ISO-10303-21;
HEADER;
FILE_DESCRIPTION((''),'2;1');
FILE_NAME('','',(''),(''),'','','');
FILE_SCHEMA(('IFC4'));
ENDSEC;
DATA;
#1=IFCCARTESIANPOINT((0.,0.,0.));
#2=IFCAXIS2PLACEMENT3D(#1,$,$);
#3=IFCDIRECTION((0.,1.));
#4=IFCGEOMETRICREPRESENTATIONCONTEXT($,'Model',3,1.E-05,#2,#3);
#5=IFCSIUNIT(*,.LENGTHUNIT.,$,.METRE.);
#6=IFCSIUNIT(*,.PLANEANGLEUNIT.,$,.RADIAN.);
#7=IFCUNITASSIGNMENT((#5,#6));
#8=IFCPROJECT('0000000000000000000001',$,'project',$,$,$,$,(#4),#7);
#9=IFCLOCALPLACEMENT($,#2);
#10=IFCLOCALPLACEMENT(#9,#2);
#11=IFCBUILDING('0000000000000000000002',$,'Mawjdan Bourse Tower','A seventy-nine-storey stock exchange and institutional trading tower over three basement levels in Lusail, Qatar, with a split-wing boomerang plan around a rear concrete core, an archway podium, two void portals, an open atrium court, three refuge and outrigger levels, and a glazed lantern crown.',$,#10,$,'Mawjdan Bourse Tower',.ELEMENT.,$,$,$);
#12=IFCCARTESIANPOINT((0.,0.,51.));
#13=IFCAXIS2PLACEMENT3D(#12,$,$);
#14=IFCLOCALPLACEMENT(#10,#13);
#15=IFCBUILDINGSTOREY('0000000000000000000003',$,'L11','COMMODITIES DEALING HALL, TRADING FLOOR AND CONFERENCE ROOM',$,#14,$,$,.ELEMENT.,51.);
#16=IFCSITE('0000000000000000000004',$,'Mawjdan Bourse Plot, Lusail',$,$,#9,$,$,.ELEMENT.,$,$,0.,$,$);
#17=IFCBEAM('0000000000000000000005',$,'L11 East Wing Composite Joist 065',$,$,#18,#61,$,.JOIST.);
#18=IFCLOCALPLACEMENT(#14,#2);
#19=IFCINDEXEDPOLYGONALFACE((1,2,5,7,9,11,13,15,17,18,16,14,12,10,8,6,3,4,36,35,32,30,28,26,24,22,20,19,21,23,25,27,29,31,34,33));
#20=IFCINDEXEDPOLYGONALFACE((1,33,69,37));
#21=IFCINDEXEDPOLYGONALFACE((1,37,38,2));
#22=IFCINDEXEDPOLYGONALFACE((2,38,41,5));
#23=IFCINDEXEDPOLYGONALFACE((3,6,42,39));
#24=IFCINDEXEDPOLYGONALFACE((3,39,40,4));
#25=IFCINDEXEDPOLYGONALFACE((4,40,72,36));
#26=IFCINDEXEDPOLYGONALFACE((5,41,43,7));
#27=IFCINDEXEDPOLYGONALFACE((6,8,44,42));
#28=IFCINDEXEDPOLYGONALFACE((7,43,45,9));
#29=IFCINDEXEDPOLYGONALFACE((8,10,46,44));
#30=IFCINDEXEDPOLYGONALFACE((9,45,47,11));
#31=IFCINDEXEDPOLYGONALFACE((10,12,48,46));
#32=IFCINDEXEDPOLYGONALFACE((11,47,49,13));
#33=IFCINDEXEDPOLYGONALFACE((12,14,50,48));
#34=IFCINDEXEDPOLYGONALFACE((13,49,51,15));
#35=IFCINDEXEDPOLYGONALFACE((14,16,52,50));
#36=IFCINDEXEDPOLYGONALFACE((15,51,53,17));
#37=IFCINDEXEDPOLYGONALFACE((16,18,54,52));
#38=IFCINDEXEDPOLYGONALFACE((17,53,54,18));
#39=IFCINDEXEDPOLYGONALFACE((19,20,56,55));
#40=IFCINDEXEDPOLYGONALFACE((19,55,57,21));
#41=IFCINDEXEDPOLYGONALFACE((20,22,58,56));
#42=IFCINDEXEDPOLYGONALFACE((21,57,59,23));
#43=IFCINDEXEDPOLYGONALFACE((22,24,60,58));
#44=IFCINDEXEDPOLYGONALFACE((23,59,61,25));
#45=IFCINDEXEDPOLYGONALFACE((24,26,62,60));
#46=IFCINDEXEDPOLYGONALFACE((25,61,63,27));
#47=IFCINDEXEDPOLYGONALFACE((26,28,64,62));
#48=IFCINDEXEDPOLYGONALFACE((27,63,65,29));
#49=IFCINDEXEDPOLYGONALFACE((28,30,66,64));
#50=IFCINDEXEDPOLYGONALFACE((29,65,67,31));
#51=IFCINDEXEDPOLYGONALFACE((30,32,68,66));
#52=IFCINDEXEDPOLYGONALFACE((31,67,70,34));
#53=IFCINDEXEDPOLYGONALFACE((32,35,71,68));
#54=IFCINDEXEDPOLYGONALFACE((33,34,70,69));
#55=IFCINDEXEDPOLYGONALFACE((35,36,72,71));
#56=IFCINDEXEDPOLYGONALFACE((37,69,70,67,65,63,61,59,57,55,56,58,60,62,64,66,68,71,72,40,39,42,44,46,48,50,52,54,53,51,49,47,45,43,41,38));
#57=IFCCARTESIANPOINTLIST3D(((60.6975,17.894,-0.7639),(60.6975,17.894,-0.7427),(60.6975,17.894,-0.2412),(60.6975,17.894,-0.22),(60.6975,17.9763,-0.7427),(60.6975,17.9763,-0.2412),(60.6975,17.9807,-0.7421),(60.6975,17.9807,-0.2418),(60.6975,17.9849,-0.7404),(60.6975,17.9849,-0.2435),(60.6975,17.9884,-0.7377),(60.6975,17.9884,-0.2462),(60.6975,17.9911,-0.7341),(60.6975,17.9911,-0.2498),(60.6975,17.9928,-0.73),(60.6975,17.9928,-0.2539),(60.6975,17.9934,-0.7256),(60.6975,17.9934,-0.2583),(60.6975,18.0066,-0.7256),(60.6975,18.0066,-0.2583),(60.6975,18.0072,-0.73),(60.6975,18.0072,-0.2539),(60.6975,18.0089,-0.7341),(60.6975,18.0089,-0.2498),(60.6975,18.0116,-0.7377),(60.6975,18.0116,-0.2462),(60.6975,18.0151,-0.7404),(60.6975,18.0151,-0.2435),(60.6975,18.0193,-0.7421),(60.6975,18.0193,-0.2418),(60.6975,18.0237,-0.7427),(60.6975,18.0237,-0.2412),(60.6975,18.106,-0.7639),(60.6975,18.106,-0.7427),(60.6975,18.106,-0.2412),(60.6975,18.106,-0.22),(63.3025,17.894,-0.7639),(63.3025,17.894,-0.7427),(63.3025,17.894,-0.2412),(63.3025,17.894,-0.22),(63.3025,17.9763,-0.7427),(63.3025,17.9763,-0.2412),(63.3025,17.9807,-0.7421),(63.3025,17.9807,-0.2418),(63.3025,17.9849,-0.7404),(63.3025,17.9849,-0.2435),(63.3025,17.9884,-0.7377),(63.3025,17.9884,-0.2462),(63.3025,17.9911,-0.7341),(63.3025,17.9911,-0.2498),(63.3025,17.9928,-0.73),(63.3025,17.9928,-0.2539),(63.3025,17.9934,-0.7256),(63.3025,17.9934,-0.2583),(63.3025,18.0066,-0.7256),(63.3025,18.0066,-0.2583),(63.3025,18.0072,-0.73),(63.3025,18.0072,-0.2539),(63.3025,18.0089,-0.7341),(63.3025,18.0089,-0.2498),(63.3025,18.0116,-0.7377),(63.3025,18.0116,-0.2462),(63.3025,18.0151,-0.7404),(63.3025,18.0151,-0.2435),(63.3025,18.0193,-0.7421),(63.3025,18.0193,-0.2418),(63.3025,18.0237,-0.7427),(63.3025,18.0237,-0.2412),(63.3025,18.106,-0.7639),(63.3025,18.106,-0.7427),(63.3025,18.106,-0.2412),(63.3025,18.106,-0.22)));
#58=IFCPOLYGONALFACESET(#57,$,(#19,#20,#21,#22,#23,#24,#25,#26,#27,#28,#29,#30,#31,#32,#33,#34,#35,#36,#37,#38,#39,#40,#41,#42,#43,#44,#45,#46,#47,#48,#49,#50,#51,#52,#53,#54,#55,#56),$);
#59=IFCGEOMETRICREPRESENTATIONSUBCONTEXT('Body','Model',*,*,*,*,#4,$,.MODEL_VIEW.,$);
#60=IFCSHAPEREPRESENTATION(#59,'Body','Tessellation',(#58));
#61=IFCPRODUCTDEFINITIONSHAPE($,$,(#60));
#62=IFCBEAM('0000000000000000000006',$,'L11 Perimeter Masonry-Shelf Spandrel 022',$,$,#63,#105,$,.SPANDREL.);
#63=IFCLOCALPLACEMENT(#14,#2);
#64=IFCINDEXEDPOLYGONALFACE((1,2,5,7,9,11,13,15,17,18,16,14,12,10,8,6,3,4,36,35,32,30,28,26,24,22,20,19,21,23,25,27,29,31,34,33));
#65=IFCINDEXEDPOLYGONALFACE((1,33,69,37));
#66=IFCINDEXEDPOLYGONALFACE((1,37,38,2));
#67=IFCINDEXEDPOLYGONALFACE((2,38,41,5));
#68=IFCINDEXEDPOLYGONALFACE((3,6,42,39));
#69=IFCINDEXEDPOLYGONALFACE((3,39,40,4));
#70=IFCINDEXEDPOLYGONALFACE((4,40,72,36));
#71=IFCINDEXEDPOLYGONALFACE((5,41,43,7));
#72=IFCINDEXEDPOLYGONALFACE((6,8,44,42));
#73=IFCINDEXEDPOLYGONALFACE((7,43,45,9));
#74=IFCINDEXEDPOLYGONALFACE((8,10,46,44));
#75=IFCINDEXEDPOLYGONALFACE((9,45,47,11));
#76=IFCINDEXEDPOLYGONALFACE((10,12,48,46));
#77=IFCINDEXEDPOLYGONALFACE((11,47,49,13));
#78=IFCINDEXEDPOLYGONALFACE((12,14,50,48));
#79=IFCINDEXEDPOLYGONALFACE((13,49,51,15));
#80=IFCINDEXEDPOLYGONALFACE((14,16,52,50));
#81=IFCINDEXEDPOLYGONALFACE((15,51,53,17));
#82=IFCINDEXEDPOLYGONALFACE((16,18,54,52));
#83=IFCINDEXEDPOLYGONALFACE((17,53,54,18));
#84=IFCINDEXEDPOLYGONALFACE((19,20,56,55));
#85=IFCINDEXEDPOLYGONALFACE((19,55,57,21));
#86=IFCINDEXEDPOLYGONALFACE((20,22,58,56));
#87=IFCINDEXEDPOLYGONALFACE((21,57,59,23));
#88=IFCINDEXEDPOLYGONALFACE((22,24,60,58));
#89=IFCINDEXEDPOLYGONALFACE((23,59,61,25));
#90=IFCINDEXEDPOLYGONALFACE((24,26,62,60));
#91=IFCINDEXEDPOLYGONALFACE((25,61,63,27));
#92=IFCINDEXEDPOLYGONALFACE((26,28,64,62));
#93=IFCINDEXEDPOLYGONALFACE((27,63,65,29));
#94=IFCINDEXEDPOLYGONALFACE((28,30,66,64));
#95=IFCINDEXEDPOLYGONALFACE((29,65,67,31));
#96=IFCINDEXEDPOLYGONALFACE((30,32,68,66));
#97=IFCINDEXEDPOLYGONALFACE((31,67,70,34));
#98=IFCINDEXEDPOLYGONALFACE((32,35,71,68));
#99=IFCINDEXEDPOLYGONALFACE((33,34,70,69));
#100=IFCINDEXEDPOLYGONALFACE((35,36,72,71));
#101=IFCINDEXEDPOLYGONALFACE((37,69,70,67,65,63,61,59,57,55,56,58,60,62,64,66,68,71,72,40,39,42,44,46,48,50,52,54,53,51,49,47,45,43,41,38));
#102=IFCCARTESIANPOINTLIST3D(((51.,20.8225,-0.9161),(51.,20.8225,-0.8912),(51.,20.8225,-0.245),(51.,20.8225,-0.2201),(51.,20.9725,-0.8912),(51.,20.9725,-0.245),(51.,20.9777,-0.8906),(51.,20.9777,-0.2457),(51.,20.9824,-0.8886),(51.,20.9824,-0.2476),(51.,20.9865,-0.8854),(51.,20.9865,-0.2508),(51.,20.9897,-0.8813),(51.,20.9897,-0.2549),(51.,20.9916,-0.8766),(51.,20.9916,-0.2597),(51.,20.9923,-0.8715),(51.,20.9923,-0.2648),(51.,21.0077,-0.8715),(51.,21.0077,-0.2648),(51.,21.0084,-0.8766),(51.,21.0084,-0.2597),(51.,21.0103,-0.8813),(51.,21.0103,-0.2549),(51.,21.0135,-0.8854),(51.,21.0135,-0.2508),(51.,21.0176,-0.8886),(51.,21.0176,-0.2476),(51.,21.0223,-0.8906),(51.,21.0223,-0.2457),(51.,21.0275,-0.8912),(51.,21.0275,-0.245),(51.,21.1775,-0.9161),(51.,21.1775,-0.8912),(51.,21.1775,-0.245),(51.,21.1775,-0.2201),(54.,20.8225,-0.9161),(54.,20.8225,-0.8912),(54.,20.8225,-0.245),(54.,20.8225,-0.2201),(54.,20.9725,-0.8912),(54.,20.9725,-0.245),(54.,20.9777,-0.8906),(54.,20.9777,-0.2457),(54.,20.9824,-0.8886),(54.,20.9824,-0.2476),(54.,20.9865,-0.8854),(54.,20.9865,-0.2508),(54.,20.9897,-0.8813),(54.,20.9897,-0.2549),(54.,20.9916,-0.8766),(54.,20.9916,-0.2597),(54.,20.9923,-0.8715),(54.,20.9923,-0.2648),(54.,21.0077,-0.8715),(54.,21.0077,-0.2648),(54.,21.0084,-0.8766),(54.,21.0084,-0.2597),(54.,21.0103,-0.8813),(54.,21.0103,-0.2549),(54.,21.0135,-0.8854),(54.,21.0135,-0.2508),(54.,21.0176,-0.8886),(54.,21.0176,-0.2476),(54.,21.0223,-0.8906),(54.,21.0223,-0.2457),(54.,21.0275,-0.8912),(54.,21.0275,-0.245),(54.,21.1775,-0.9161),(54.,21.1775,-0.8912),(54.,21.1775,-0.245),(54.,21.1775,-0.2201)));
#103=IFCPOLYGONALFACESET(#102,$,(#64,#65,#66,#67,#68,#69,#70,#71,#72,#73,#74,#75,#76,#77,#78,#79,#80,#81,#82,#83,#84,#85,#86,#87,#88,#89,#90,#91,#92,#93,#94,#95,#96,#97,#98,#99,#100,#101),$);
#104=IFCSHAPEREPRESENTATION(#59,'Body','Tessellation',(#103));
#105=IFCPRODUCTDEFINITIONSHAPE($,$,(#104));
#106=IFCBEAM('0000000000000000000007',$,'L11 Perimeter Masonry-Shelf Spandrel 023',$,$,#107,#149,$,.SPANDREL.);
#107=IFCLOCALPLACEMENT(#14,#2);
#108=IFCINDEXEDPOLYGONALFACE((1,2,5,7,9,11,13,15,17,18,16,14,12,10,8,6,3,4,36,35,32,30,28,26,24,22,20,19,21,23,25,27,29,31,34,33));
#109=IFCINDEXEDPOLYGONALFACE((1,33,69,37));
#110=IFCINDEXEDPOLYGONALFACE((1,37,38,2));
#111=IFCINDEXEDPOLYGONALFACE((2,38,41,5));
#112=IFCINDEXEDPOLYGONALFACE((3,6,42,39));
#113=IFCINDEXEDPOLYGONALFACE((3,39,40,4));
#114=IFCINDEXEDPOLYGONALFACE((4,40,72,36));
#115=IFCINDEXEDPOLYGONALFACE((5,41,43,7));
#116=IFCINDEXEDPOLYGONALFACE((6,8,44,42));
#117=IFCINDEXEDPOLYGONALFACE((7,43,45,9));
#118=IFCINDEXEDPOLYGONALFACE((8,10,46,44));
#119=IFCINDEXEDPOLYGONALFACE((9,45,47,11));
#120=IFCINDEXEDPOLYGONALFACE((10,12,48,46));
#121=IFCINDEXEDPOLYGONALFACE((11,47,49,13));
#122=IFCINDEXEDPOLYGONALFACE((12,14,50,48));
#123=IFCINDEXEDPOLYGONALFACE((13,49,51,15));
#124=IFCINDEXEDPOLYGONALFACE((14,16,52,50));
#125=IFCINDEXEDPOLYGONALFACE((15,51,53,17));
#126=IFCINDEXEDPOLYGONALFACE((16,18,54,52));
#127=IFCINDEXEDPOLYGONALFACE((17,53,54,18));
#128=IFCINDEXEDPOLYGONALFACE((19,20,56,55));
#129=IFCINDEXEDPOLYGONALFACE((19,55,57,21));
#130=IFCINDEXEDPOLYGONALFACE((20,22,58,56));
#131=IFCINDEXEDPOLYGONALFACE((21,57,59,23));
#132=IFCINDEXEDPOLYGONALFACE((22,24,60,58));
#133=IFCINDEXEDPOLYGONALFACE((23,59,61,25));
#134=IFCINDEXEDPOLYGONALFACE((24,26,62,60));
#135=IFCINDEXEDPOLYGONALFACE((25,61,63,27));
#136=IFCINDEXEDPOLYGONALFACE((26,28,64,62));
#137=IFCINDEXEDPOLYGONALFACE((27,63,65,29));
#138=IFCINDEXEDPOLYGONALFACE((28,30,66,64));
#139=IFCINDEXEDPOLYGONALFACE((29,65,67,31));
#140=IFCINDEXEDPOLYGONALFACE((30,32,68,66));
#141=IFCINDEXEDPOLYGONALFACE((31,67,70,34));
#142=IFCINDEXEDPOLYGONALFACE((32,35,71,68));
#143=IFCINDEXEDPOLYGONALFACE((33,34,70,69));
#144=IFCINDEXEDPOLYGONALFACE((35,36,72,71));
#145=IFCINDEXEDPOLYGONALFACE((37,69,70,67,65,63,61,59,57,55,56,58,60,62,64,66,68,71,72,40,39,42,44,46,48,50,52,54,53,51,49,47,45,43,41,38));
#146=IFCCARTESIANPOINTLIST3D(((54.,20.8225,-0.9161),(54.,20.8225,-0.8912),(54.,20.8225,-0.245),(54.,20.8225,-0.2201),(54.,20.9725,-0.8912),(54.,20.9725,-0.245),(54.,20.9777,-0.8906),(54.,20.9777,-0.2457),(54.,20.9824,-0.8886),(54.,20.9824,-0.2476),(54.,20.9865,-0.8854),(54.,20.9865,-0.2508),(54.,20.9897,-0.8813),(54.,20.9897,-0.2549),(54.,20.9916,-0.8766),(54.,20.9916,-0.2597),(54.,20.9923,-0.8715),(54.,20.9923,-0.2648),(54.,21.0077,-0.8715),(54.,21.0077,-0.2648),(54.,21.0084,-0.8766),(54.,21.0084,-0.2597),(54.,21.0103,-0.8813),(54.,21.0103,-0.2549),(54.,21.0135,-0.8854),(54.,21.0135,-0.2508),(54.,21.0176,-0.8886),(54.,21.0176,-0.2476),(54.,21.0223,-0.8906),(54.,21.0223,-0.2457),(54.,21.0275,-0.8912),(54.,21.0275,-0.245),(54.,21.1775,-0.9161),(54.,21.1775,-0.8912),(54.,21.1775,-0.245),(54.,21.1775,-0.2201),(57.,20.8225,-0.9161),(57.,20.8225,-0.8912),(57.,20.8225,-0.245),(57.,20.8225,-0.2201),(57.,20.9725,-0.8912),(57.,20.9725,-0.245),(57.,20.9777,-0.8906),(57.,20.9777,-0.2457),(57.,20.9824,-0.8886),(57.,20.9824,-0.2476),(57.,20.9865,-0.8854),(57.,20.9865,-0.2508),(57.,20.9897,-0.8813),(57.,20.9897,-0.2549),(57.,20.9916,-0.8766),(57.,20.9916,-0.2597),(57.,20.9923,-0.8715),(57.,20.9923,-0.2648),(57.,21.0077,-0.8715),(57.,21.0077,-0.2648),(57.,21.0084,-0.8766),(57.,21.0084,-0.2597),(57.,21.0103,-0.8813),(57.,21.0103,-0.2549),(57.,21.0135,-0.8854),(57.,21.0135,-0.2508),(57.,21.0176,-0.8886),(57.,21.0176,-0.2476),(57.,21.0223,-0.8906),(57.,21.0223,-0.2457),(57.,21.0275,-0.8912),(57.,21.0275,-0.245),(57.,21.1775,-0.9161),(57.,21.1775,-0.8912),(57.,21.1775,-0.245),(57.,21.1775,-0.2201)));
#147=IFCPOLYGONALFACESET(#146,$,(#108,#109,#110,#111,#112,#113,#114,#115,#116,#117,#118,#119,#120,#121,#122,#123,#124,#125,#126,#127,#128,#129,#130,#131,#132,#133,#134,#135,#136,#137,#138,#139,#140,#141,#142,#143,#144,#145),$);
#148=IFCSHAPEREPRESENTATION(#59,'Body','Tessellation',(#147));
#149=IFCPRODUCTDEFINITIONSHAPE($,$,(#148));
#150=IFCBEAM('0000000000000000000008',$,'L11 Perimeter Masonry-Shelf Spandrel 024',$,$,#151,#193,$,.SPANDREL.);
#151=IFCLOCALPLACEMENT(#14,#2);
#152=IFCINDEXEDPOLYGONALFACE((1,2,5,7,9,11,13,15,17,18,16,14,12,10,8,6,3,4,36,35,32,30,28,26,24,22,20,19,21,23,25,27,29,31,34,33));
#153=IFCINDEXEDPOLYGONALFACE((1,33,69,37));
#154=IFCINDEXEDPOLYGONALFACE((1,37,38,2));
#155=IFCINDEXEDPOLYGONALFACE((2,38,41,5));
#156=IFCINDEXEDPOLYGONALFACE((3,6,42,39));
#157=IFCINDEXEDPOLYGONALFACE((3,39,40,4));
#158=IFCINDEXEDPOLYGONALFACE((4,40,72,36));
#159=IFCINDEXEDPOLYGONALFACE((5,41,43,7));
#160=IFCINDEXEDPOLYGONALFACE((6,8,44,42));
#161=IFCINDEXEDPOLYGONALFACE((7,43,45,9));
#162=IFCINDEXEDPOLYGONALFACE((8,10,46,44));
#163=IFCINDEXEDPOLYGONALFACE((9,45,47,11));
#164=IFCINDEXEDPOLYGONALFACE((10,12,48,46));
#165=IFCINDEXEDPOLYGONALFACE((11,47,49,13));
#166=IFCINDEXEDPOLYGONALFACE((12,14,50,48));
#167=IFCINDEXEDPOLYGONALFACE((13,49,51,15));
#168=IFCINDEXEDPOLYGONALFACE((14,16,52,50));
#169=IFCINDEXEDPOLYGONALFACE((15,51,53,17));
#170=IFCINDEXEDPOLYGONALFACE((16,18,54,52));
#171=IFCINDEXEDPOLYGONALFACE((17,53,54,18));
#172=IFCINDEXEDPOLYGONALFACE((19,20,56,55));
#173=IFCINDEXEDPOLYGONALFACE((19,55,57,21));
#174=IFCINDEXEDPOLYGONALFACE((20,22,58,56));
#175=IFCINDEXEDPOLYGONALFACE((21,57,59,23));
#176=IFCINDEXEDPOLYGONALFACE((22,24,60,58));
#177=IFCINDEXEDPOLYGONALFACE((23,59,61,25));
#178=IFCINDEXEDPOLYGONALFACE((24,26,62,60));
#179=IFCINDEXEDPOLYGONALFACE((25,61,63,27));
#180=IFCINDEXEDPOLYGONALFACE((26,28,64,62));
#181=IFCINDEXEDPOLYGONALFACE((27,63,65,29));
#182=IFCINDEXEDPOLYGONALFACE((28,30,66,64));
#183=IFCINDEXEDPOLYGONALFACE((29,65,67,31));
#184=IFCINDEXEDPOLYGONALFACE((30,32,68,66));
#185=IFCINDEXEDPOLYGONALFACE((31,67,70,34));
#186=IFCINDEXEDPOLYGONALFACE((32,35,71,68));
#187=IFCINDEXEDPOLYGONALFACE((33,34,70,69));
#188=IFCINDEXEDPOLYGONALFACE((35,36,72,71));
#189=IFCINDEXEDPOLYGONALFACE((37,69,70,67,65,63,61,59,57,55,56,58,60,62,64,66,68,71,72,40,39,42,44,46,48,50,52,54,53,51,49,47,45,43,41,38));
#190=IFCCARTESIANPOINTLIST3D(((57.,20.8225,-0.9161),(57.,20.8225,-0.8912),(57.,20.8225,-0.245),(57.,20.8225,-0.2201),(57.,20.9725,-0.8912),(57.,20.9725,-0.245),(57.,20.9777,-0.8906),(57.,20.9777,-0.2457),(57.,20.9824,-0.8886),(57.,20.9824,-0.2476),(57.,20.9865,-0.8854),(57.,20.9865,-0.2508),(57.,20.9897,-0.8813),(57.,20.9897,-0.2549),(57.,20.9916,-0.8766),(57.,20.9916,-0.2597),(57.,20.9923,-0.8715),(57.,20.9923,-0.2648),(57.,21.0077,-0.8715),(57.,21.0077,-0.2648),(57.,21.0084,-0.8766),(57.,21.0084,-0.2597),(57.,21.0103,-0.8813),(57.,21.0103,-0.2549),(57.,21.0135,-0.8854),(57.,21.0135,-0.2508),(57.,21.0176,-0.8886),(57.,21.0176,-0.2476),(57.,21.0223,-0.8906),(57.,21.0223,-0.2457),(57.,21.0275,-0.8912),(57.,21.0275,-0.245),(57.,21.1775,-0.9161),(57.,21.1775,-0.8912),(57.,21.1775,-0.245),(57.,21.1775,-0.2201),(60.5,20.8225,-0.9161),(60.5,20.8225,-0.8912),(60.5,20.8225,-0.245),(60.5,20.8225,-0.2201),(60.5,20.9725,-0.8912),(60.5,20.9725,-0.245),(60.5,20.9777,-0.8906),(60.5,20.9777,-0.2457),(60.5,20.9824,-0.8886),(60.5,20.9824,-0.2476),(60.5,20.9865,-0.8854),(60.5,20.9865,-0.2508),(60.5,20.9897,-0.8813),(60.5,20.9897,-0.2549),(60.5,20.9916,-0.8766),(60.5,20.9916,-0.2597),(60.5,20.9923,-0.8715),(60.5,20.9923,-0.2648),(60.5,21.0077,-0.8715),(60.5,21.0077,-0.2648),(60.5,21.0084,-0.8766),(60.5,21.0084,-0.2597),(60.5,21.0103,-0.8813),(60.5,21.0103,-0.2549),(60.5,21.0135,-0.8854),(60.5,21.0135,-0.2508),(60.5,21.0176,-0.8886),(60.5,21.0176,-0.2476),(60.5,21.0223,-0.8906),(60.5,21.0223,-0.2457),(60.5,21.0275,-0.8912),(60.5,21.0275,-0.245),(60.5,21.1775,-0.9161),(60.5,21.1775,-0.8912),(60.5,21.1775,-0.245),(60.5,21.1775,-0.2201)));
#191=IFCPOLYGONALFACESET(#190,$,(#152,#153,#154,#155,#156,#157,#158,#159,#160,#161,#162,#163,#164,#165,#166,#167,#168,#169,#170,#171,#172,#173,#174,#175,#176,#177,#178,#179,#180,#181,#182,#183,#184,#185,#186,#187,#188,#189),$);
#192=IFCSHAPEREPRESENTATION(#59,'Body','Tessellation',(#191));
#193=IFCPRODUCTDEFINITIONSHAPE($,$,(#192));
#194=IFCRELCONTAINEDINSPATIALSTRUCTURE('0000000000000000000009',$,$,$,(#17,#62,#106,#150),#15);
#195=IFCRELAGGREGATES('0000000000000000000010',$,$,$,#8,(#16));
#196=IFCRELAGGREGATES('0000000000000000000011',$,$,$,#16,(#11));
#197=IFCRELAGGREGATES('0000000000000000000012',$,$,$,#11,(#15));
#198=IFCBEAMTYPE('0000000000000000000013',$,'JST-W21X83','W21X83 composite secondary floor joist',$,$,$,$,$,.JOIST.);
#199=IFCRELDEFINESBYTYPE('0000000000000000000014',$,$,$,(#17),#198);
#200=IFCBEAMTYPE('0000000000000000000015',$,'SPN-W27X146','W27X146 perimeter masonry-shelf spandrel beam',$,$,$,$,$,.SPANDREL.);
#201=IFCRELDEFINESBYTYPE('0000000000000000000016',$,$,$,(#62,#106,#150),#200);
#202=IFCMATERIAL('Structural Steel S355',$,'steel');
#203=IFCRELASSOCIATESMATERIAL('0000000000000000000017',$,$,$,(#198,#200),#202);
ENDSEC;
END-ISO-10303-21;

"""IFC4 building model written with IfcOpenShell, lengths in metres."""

from ifc_helpers import new_model, si_unit, direction, frame, origin, origin_2d, place, context, subcontext, project, spatial, i_section, extrude, material, material_profile, profile_set, type_object, element, save


model = new_model("IFC4")

# Units and contexts
model_context = context("Model", 3, precision=1e-05, world=origin(), true_north=direction((0.0, 1.0)))
body_context = subcontext(model_context, "Body", "Model", "MODEL_VIEW")
ifc_project = project(units=[si_unit("LENGTHUNIT", "METRE"), si_unit("PLANEANGLEUNIT", "RADIAN")], contexts=[model_context])

# Site, building, storey
site_placement = place(None, origin())
site = spatial("IfcSite", under=ifc_project, at=site_placement, Name="Mawjdan Bourse Plot, Lusail", CompositionType="ELEMENT", RefElevation=0.0)
building_placement = place(site_placement, origin())
building = spatial("IfcBuilding", under=site, at=building_placement, Name="Mawjdan Bourse Tower", Description="A seventy-nine-storey stock exchange and institutional trading tower over three basement levels in Lusail, Qatar, with a split-wing boomerang plan around a rear concrete core, an archway podium, two void portals, an open atrium court, three refuge and outrigger levels, and a glazed lantern crown.", LongName="Mawjdan Bourse Tower", CompositionType="ELEMENT")
storey_placement = place(building_placement, frame((0.0, 0.0, 51.0)))
storey = spatial("IfcBuildingStorey", under=building, at=storey_placement, Name="L11", Description="COMMODITIES DEALING HALL, TRADING FLOOR AND CONFERENCE ROOM", CompositionType="ELEMENT", Elevation=51.0)

# Beams
ifc_material_1 = material(Name="Structural Steel S355", Category="steel")
ifc_material_profile_1 = material_profile(ifc_material_1, i_section(OverallWidth=0.2119, OverallDepth=0.5439, WebThickness=0.0132, FlangeThickness=0.0212, FilletRadius=0.0171, at=origin_2d()), Name="W21X83")
ifc_profile_set_1 = profile_set([ifc_material_profile_1], Name="Structural Steel S355")
beam_type_1 = type_object("IfcBeamType", Name="JST-W21X83", Description="W21X83 composite secondary floor joist", PredefinedType="JOIST", material=ifc_profile_set_1)
beam_1_placement = place(storey_placement, frame((60.6975, 18.0, -0.4919), z_axis=(1.0, 0.0, 0.0), x_axis=(0.0, 1.0, 0.0)))
element("IfcBeam", 1, at=beam_1_placement, inside=storey, type_object=beam_type_1, Name="L11 East Wing Composite Joist 065", PredefinedType="JOIST", context=body_context, shape_type="SweptSolid", body=[
    extrude(i_section(OverallWidth=0.2119, OverallDepth=0.5439, WebThickness=0.0132, FlangeThickness=0.0212, FilletRadius=0.0171, at=origin_2d()), origin(), (0.0, 0.0, 1.0), 2.605),
])
ifc_material_profile_2 = material_profile(ifc_material_1, i_section(OverallWidth=0.355, OverallDepth=0.696, WebThickness=0.0154, FlangeThickness=0.0249, FilletRadius=0.0198, at=origin_2d()), Name="W27X146")
ifc_profile_set_2 = profile_set([ifc_material_profile_2], Name="Structural Steel S355")
beam_type_2 = type_object("IfcBeamType", Name="SPN-W27X146", Description="W27X146 perimeter masonry-shelf spandrel beam", PredefinedType="SPANDREL", material=ifc_profile_set_2)
for number, where, z_axis, x_axis, name in (
    (2, (51.0, 21.0, -0.5681), (1.0, 0.0, 0.0), (0.0, 1.0, 0.0), "L11 Perimeter Masonry-Shelf Spandrel 022"),
    (3, (54.0, 21.0, -0.5681), (1.0, 0.0, 0.0), (0.0, 1.0, 0.0), "L11 Perimeter Masonry-Shelf Spandrel 023"),
):
    element("IfcBeam", number, at=place(storey_placement, frame(where, z_axis=z_axis, x_axis=x_axis)), inside=storey, type_object=beam_type_2, Name=name, PredefinedType="SPANDREL", context=body_context, shape_type="SweptSolid", body=[
        extrude(i_section(OverallWidth=0.355, OverallDepth=0.696, WebThickness=0.0154, FlangeThickness=0.0249, FilletRadius=0.0198, at=origin_2d()), origin(), (0.0, 0.0, 1.0), 3.0),
    ])
beam_2_placement = place(storey_placement, frame((57.0, 21.0, -0.5681), z_axis=(1.0, 0.0, 0.0), x_axis=(0.0, 1.0, 0.0)))
element("IfcBeam", 4, at=beam_2_placement, inside=storey, type_object=beam_type_2, Name="L11 Perimeter Masonry-Shelf Spandrel 024", PredefinedType="SPANDREL", context=body_context, shape_type="SweptSolid", body=[
    extrude(i_section(OverallWidth=0.355, OverallDepth=0.696, WebThickness=0.0154, FlangeThickness=0.0249, FilletRadius=0.0198, at=origin_2d()), origin(), (0.0, 0.0, 1.0), 3.5),
])

save(model, "model.ifc")
